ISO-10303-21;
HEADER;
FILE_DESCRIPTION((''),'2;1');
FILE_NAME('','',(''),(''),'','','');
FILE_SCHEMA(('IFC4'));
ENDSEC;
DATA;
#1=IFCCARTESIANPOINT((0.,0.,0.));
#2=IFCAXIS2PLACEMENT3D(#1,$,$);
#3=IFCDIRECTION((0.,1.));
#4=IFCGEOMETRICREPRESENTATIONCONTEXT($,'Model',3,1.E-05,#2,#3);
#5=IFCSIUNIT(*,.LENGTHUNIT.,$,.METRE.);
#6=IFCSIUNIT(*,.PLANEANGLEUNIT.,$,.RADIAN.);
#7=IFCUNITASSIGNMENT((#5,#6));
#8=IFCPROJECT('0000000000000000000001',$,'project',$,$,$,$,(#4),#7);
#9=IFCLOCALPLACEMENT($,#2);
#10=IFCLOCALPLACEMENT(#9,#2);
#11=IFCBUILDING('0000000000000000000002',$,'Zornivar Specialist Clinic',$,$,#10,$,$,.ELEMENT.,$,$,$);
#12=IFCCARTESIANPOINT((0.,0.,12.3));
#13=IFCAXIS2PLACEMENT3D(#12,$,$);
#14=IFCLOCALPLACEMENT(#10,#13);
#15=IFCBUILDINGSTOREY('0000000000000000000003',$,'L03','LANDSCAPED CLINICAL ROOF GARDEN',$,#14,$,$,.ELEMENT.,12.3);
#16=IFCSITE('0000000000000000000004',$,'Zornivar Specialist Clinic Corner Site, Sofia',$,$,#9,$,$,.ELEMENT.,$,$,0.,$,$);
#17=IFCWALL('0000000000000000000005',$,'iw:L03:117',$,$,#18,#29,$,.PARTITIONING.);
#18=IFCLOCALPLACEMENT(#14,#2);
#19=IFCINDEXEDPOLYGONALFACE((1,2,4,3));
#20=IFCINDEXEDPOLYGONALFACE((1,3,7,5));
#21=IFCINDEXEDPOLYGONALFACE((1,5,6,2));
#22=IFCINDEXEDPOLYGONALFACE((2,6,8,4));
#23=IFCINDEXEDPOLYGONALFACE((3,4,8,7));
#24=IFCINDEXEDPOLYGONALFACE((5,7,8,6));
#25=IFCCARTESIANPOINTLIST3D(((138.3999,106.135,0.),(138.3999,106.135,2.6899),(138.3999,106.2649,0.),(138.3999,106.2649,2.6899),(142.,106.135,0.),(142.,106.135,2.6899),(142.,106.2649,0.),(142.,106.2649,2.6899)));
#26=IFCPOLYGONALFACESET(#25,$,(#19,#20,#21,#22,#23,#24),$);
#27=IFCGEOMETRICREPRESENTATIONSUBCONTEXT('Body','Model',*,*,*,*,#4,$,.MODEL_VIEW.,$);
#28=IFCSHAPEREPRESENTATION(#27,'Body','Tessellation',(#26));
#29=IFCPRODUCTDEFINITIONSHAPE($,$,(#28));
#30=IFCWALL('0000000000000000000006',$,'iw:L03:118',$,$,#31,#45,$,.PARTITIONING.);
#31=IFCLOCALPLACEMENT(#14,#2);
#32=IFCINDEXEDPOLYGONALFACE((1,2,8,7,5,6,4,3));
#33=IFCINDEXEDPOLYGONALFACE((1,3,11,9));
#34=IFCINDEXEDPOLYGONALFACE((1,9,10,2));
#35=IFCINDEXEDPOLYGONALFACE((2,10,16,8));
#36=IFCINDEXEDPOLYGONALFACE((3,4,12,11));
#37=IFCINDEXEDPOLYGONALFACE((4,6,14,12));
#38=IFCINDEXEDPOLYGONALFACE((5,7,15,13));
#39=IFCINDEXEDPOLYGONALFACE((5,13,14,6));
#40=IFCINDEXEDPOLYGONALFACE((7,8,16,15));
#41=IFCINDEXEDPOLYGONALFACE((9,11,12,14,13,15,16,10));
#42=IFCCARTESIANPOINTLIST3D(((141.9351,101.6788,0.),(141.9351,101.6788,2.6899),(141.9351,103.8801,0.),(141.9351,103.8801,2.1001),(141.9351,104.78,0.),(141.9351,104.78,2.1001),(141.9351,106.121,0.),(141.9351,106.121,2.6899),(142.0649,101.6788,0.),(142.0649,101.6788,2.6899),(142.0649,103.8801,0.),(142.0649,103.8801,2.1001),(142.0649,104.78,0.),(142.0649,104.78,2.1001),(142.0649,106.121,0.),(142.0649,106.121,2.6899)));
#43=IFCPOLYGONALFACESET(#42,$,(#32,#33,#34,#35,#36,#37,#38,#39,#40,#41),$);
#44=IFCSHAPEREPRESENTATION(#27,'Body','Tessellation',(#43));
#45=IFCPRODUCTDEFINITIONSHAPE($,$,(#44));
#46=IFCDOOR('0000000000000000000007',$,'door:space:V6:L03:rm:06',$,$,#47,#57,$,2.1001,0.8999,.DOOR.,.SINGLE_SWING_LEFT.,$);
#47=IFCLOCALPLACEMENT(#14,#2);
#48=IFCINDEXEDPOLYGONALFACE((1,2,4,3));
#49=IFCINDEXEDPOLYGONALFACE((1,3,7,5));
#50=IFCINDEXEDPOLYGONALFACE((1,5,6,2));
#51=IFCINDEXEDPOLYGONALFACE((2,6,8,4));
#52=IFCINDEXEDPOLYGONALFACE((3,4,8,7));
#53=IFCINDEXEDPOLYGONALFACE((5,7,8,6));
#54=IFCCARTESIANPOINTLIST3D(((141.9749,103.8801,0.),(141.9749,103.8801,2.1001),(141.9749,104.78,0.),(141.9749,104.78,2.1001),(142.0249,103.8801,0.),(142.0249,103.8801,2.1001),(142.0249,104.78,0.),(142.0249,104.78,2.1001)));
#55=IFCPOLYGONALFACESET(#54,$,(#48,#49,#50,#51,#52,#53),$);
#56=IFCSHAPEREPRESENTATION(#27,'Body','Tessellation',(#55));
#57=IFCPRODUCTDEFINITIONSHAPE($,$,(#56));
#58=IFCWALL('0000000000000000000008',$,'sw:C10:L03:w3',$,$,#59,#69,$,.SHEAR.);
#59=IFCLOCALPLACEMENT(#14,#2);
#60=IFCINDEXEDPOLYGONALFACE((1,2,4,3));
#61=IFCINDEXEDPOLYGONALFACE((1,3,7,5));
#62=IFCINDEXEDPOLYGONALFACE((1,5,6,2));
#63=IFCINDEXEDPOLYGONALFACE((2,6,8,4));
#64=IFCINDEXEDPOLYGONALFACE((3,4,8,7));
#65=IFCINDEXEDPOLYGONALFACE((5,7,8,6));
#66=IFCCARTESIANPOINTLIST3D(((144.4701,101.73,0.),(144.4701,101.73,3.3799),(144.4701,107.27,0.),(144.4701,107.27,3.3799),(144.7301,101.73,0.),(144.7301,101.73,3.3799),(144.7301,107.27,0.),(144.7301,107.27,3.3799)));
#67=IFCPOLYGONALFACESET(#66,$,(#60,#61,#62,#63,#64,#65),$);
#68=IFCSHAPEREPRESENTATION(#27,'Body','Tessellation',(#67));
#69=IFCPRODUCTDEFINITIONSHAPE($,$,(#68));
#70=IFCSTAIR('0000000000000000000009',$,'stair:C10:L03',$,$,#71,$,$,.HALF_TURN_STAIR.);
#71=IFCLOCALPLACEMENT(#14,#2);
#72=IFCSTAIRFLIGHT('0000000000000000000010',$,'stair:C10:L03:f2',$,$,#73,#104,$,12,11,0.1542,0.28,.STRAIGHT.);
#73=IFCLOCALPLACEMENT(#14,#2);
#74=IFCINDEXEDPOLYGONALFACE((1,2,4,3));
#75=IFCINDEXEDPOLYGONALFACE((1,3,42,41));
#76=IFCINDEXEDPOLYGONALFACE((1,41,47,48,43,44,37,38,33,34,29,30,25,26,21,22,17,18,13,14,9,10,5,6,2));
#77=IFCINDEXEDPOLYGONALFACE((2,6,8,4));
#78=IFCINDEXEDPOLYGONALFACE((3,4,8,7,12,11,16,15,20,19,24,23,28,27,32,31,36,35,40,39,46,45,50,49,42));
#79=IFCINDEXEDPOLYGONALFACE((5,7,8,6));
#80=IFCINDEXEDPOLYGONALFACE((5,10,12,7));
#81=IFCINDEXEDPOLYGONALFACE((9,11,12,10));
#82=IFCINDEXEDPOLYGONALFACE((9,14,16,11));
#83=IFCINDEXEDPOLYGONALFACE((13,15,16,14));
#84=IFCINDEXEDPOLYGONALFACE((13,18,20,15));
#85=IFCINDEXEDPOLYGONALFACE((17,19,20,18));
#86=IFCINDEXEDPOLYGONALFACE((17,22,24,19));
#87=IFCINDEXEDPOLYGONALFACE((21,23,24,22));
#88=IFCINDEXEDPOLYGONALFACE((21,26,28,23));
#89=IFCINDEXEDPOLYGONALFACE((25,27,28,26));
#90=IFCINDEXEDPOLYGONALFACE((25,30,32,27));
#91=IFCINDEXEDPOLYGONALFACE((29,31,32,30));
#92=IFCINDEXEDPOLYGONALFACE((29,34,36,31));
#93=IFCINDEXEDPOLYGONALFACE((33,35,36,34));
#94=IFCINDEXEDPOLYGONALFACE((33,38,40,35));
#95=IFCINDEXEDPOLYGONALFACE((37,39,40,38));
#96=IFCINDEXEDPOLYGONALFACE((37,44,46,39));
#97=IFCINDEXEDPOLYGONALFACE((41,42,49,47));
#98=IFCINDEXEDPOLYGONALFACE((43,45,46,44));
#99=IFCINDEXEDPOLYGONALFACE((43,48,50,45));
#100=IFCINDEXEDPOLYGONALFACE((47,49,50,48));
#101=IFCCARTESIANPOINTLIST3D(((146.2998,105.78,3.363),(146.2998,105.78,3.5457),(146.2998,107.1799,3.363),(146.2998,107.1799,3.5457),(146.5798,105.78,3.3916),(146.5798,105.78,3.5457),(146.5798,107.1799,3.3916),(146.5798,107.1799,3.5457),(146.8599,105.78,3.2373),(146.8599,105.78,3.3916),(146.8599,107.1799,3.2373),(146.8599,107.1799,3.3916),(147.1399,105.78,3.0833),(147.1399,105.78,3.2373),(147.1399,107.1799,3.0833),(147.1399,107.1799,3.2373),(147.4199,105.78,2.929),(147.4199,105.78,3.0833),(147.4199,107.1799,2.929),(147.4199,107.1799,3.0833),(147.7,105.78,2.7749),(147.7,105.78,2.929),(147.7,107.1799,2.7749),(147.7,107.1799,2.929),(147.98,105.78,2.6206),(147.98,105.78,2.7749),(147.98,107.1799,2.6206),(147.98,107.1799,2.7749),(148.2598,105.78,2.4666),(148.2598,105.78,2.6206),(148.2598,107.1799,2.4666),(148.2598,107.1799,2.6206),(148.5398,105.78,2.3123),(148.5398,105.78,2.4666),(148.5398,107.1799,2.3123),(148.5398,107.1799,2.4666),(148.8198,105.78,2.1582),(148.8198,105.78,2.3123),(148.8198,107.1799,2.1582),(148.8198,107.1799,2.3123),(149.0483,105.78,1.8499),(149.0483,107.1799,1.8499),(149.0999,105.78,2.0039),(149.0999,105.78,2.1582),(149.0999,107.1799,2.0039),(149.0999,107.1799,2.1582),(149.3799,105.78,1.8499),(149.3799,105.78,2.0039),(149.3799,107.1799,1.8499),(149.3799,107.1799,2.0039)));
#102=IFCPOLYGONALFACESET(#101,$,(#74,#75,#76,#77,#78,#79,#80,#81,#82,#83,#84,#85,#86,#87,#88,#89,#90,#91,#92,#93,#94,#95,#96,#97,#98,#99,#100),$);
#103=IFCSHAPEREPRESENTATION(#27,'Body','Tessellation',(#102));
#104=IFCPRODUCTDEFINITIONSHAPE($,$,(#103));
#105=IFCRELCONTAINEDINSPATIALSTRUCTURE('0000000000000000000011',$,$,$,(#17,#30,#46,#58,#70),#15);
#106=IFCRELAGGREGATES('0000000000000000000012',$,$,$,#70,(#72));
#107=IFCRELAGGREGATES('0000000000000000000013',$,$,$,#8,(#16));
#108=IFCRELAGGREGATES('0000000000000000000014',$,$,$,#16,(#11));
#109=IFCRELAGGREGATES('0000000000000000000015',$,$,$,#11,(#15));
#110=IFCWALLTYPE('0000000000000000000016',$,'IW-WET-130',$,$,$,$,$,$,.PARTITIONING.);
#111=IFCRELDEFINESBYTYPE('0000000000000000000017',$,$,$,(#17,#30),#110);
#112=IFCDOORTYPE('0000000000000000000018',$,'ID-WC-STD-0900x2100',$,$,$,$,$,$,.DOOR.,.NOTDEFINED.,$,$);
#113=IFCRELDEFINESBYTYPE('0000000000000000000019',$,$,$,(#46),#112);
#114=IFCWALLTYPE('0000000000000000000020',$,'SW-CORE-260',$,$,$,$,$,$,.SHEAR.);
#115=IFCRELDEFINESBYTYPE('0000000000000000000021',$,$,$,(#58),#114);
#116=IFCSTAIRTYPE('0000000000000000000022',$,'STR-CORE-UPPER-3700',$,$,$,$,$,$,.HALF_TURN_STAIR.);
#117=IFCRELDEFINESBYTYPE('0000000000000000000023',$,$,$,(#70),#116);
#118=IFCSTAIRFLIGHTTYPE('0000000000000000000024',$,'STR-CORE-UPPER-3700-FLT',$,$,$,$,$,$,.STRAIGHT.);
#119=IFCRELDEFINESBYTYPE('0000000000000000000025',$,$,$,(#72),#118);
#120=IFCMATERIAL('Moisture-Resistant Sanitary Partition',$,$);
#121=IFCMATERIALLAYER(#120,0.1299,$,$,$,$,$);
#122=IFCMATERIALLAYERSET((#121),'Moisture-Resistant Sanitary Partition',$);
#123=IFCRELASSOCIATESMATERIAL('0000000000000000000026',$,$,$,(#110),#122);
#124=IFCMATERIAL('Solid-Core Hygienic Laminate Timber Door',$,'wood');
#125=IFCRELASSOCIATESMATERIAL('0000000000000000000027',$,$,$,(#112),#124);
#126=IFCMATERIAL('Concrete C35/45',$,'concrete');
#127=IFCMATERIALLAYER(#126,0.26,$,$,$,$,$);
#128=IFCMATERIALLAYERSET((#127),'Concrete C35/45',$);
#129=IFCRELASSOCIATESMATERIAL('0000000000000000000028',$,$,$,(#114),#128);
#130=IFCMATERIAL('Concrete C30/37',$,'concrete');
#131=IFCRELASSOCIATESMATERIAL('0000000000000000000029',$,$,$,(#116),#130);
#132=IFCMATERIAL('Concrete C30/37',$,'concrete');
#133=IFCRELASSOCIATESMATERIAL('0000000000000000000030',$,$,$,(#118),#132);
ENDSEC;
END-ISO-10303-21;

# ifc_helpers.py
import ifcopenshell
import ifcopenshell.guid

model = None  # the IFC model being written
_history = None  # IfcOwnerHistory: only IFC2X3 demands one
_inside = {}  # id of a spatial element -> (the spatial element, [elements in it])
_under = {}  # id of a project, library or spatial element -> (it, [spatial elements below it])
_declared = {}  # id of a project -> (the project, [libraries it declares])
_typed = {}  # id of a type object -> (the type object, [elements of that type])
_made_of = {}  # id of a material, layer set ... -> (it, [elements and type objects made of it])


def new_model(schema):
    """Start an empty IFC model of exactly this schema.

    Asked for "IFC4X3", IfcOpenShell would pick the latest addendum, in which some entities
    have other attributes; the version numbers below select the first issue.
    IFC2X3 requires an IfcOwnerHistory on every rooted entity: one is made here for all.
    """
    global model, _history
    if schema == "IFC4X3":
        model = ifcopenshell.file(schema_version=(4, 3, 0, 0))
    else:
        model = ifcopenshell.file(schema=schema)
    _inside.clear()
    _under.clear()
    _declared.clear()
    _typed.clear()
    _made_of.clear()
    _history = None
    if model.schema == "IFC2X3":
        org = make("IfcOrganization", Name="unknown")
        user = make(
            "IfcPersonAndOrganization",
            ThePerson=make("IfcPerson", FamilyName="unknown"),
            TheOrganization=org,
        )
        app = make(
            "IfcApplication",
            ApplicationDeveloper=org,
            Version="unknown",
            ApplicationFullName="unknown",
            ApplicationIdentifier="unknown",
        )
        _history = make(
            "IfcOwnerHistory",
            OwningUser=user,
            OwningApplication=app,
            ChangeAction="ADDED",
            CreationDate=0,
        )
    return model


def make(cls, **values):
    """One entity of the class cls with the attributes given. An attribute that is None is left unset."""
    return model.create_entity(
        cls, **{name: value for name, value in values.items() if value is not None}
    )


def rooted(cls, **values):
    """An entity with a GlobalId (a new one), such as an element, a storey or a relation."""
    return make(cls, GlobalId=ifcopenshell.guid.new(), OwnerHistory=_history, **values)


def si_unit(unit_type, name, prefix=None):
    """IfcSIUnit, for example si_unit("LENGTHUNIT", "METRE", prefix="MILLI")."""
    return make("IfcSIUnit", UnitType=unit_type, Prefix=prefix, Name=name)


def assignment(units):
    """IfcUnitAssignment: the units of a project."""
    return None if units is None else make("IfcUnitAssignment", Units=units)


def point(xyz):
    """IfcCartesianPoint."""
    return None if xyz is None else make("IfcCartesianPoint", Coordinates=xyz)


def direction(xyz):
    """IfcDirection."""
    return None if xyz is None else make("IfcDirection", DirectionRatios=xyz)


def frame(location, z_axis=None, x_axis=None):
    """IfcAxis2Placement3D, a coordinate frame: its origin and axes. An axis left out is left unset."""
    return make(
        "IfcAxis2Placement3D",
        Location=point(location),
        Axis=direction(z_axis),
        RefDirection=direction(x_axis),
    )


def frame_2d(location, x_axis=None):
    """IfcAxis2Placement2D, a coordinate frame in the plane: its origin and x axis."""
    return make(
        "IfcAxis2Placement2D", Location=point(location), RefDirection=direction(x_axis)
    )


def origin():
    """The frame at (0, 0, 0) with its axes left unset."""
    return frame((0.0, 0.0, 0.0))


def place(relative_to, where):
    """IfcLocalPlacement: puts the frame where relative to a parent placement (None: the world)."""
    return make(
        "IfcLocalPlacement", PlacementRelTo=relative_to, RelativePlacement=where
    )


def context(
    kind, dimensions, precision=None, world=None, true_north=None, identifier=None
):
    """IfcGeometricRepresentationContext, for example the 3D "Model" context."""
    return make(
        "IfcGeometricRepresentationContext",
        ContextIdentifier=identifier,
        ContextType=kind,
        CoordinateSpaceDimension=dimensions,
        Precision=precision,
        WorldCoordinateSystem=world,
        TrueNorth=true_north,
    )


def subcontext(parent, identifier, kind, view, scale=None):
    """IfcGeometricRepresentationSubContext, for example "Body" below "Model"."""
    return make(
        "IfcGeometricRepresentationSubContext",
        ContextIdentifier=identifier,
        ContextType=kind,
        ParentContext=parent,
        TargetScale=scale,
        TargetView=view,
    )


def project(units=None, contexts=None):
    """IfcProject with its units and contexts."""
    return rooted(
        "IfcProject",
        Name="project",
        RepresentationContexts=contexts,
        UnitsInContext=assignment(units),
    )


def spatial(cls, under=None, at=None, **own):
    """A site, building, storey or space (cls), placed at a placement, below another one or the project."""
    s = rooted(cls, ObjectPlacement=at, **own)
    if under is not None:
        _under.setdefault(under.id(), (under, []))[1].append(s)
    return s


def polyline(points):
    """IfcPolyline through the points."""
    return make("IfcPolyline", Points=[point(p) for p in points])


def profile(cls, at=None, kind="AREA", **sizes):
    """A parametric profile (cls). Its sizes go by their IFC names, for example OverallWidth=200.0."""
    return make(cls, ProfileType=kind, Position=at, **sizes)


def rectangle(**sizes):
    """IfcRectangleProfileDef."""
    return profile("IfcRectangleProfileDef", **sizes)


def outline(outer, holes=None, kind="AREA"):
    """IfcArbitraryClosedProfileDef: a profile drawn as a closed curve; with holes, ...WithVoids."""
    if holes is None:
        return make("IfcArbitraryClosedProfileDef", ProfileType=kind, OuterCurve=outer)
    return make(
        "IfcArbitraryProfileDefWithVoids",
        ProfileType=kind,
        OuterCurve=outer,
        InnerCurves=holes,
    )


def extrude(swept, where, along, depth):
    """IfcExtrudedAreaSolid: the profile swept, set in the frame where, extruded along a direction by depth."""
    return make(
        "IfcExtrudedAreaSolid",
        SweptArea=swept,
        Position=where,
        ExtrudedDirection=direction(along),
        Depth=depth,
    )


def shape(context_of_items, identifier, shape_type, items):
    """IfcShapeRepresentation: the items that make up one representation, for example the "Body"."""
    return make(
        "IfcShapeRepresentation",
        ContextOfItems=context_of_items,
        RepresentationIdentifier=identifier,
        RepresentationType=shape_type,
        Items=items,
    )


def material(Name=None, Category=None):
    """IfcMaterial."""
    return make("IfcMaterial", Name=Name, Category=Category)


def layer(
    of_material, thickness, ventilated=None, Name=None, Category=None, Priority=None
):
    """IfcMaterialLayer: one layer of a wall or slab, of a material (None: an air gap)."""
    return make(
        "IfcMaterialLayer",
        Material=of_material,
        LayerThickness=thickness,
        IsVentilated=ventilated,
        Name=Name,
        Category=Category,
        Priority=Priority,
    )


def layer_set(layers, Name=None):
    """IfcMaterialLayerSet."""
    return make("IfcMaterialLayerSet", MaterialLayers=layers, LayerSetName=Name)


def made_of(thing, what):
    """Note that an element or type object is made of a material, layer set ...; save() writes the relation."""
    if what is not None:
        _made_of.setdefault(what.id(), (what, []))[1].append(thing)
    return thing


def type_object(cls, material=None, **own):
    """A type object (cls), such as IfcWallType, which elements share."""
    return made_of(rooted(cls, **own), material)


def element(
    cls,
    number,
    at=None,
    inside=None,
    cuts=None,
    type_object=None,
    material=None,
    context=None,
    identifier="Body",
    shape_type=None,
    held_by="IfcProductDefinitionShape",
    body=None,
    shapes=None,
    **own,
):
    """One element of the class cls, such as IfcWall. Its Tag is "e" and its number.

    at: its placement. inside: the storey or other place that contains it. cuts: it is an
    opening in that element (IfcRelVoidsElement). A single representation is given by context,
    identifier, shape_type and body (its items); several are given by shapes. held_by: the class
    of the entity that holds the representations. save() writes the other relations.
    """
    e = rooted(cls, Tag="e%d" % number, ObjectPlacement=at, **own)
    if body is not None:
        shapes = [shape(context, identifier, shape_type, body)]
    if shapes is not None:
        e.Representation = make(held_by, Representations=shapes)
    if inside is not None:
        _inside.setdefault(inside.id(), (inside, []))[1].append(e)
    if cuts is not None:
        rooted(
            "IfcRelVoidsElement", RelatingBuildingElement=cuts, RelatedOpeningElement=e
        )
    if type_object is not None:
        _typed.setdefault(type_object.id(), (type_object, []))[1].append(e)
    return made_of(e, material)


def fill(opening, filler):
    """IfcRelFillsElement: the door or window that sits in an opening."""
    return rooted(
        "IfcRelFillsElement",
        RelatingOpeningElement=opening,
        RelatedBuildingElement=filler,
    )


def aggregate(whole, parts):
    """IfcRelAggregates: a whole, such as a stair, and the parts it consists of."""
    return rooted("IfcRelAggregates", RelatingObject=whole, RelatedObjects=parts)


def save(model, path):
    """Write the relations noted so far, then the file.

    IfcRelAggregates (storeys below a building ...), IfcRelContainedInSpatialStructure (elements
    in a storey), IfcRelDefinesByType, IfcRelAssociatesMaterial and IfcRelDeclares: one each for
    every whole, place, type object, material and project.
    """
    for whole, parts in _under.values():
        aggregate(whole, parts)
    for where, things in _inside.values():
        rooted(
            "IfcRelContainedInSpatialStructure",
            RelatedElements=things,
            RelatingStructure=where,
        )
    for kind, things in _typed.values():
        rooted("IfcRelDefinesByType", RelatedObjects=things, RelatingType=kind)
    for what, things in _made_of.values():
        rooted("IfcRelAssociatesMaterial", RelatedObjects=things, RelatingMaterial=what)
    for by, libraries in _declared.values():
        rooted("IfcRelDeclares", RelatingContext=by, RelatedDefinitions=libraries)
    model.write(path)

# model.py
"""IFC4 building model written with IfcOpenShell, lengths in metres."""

from ifc_helpers import new_model, si_unit, direction, frame, frame_2d, origin, place, context, subcontext, project, spatial, polyline, rectangle, outline, extrude, material, layer, layer_set, type_object, element, fill, aggregate, save


model = new_model("IFC4")

# Units and contexts
model_context = context("Model", 3, precision=1e-05, world=origin(), true_north=direction((0.0, 1.0)))
body_context = subcontext(model_context, "Body", "Model", "MODEL_VIEW")
ifc_project = project(units=[si_unit("LENGTHUNIT", "METRE"), si_unit("PLANEANGLEUNIT", "RADIAN")], contexts=[model_context])

# Site, building, storey
site_placement = place(None, origin())
site = spatial("IfcSite", under=ifc_project, at=site_placement, Name="Zornivar Specialist Clinic Corner Site, Sofia", CompositionType="ELEMENT", RefElevation=0.0)
building_placement = place(site_placement, origin())
building = spatial("IfcBuilding", under=site, at=building_placement, Name="Zornivar Specialist Clinic", CompositionType="ELEMENT")
storey_placement = place(building_placement, frame((0.0, 0.0, 12.3)))
storey = spatial("IfcBuildingStorey", under=building, at=storey_placement, Name="L03", Description="LANDSCAPED CLINICAL ROOF GARDEN", CompositionType="ELEMENT", Elevation=12.3)

# Wall
ifc_material_1 = material(Name="Moisture-Resistant Sanitary Partition")
ifc_layer_1 = layer(ifc_material_1, 0.1299)
ifc_layer_set_1 = layer_set([ifc_layer_1], Name="Moisture-Resistant Sanitary Partition")
wall_type_1 = type_object("IfcWallType", Name="IW-WET-130", PredefinedType="PARTITIONING", material=ifc_layer_set_1)
wall_1_placement = place(storey_placement, frame((138.3999, 106.2, 0.0), z_axis=(0.0, 0.0, 1.0), x_axis=(1.0, 0.0, 0.0)))
element("IfcWall", 1, at=wall_1_placement, inside=storey, type_object=wall_type_1, Name="iw:L03:117", PredefinedType="PARTITIONING", context=body_context, shape_type="SweptSolid", body=[
    extrude(rectangle(XDim=3.6001, YDim=0.1299, at=frame_2d((1.8, 0.0))), origin(), (0.0, 0.0, 1.0), 2.6899),
])

# Wall, opening, door
wall_2_placement = place(storey_placement, frame((142.0, 106.1211, 0.0), z_axis=(0.0, 0.0, 1.0), x_axis=(0.0, -1.0, 0.0)))
wall_2 = element("IfcWall", 2, at=wall_2_placement, inside=storey, type_object=wall_type_1, Name="iw:L03:118", PredefinedType="PARTITIONING", context=body_context, shape_type="SweptSolid", body=[
    extrude(rectangle(XDim=4.4421, YDim=0.1299, at=frame_2d((2.2212, 0.0))), origin(), (0.0, 0.0, 1.0), 2.6899),
])
opening_1_placement = place(wall_2_placement, frame((1.3411, 0.0, 0.0)))
opening_1 = element("IfcOpeningElement", 3, at=opening_1_placement, cuts=wall_2, PredefinedType="OPENING", context=body_context, shape_type="SweptSolid", body=[
    extrude(rectangle(XDim=0.8999, YDim=2.1001, at=frame_2d((0.45, 1.05))), frame((0.0, 0.075, 0.0), z_axis=(0.0, -1.0, 0.0), x_axis=(1.0, 0.0, 0.0)), (0.0, 0.0, 1.0), 0.1499),
])
ifc_material_2 = material(Name="Solid-Core Hygienic Laminate Timber Door", Category="wood")
door_type_1 = type_object("IfcDoorType", Name="ID-WC-STD-0900x2100", OperationType="NOTDEFINED", PredefinedType="DOOR", material=ifc_material_2)
door_1_placement = place(opening_1_placement, origin())
door_1 = element("IfcDoor", 4, at=door_1_placement, inside=storey, type_object=door_type_1, Name="door:space:V6:L03:rm:06", OperationType="SINGLE_SWING_LEFT", OverallHeight=2.1001, OverallWidth=0.8999, PredefinedType="DOOR", context=body_context, shape_type="SweptSolid", body=[
    extrude(rectangle(XDim=0.8999, YDim=2.1001, at=frame_2d((0.45, 1.05))), frame((0.0, 0.0249, 0.0), z_axis=(0.0, -1.0, 0.0), x_axis=(1.0, 0.0, 0.0)), (0.0, 0.0, 1.0), 0.05),
])
fill(opening_1, door_1)

# Wall
ifc_material_3 = material(Name="Concrete C35/45", Category="concrete")
ifc_layer_2 = layer(ifc_material_3, 0.26)
ifc_layer_set_2 = layer_set([ifc_layer_2], Name="Concrete C35/45")
wall_type_2 = type_object("IfcWallType", Name="SW-CORE-260", PredefinedType="SHEAR", material=ifc_layer_set_2)
wall_3_placement = place(storey_placement, frame((144.6001, 107.27, 0.0), z_axis=(0.0, 0.0, 1.0), x_axis=(0.0, -1.0, 0.0)))
element("IfcWall", 5, at=wall_3_placement, inside=storey, type_object=wall_type_2, Name="sw:C10:L03:w3", PredefinedType="SHEAR", context=body_context, shape_type="SweptSolid", body=[
    extrude(rectangle(XDim=5.54, YDim=0.26, at=frame_2d((2.77, 0.0))), origin(), (0.0, 0.0, 1.0), 3.3799),
])

# Stair, stair flight
ifc_material_4 = material(Name="Concrete C30/37", Category="concrete")
stair_type = type_object("IfcStairType", Name="STR-CORE-UPPER-3700", PredefinedType="HALF_TURN_STAIR", material=ifc_material_4)
stair_placement = place(storey_placement, origin())
stair = element("IfcStair", 6, at=stair_placement, inside=storey, type_object=stair_type, Name="stair:C10:L03", PredefinedType="HALF_TURN_STAIR")
ifc_material_5 = material(Name="Concrete C30/37", Category="concrete")
stair_flight_type = type_object("IfcStairFlightType", Name="STR-CORE-UPPER-3700-FLT", PredefinedType="STRAIGHT", material=ifc_material_5)
stair_flight_placement = place(storey_placement, frame((149.3799, 106.48, 1.8499), z_axis=(0.0, 0.0, 1.0), x_axis=(-1.0, 0.0, 0.0)))
stair_flight = element("IfcStairFlight", 7, at=stair_flight_placement, type_object=stair_flight_type, Name="stair:C10:L03:f2", NumberOfRisers=12, NumberOfTreads=11, PredefinedType="STRAIGHT", RiserHeight=0.1542, TreadLength=0.28, context=body_context, shape_type="SweptSolid", body=[
    extrude(outline(polyline([(0.0, 0.0), (0.0, 0.1541), (0.28, 0.1541), (0.28, 0.3083), (0.5601, 0.3083), (0.5601, 0.4624), (0.8401, 0.4624), (0.8401, 0.6167), (1.1201, 0.6167), (1.1201, 0.7708), (1.3999, 0.7708), (1.3999, 0.925), (1.6799, 0.925), (1.6799, 1.0791), (1.96, 1.0791), (1.96, 1.2334), (2.24, 1.2334), (2.24, 1.3875), (2.52, 1.3875), (2.52, 1.5417), (2.8, 1.5417), (2.8, 1.6958), (3.0801, 1.6958), (3.0801, 1.8501), (3.0801, 1.5132), (0.3315, 0.0), (0.0, 0.0)])), frame((0.0, 0.7, 0.0), z_axis=(0.0, -1.0, 0.0), x_axis=(1.0, 0.0, 0.0)), (0.0, 0.0, 1.0), 1.3999),
])
aggregate(stair, [stair_flight])

save(model, "model.ifc")
